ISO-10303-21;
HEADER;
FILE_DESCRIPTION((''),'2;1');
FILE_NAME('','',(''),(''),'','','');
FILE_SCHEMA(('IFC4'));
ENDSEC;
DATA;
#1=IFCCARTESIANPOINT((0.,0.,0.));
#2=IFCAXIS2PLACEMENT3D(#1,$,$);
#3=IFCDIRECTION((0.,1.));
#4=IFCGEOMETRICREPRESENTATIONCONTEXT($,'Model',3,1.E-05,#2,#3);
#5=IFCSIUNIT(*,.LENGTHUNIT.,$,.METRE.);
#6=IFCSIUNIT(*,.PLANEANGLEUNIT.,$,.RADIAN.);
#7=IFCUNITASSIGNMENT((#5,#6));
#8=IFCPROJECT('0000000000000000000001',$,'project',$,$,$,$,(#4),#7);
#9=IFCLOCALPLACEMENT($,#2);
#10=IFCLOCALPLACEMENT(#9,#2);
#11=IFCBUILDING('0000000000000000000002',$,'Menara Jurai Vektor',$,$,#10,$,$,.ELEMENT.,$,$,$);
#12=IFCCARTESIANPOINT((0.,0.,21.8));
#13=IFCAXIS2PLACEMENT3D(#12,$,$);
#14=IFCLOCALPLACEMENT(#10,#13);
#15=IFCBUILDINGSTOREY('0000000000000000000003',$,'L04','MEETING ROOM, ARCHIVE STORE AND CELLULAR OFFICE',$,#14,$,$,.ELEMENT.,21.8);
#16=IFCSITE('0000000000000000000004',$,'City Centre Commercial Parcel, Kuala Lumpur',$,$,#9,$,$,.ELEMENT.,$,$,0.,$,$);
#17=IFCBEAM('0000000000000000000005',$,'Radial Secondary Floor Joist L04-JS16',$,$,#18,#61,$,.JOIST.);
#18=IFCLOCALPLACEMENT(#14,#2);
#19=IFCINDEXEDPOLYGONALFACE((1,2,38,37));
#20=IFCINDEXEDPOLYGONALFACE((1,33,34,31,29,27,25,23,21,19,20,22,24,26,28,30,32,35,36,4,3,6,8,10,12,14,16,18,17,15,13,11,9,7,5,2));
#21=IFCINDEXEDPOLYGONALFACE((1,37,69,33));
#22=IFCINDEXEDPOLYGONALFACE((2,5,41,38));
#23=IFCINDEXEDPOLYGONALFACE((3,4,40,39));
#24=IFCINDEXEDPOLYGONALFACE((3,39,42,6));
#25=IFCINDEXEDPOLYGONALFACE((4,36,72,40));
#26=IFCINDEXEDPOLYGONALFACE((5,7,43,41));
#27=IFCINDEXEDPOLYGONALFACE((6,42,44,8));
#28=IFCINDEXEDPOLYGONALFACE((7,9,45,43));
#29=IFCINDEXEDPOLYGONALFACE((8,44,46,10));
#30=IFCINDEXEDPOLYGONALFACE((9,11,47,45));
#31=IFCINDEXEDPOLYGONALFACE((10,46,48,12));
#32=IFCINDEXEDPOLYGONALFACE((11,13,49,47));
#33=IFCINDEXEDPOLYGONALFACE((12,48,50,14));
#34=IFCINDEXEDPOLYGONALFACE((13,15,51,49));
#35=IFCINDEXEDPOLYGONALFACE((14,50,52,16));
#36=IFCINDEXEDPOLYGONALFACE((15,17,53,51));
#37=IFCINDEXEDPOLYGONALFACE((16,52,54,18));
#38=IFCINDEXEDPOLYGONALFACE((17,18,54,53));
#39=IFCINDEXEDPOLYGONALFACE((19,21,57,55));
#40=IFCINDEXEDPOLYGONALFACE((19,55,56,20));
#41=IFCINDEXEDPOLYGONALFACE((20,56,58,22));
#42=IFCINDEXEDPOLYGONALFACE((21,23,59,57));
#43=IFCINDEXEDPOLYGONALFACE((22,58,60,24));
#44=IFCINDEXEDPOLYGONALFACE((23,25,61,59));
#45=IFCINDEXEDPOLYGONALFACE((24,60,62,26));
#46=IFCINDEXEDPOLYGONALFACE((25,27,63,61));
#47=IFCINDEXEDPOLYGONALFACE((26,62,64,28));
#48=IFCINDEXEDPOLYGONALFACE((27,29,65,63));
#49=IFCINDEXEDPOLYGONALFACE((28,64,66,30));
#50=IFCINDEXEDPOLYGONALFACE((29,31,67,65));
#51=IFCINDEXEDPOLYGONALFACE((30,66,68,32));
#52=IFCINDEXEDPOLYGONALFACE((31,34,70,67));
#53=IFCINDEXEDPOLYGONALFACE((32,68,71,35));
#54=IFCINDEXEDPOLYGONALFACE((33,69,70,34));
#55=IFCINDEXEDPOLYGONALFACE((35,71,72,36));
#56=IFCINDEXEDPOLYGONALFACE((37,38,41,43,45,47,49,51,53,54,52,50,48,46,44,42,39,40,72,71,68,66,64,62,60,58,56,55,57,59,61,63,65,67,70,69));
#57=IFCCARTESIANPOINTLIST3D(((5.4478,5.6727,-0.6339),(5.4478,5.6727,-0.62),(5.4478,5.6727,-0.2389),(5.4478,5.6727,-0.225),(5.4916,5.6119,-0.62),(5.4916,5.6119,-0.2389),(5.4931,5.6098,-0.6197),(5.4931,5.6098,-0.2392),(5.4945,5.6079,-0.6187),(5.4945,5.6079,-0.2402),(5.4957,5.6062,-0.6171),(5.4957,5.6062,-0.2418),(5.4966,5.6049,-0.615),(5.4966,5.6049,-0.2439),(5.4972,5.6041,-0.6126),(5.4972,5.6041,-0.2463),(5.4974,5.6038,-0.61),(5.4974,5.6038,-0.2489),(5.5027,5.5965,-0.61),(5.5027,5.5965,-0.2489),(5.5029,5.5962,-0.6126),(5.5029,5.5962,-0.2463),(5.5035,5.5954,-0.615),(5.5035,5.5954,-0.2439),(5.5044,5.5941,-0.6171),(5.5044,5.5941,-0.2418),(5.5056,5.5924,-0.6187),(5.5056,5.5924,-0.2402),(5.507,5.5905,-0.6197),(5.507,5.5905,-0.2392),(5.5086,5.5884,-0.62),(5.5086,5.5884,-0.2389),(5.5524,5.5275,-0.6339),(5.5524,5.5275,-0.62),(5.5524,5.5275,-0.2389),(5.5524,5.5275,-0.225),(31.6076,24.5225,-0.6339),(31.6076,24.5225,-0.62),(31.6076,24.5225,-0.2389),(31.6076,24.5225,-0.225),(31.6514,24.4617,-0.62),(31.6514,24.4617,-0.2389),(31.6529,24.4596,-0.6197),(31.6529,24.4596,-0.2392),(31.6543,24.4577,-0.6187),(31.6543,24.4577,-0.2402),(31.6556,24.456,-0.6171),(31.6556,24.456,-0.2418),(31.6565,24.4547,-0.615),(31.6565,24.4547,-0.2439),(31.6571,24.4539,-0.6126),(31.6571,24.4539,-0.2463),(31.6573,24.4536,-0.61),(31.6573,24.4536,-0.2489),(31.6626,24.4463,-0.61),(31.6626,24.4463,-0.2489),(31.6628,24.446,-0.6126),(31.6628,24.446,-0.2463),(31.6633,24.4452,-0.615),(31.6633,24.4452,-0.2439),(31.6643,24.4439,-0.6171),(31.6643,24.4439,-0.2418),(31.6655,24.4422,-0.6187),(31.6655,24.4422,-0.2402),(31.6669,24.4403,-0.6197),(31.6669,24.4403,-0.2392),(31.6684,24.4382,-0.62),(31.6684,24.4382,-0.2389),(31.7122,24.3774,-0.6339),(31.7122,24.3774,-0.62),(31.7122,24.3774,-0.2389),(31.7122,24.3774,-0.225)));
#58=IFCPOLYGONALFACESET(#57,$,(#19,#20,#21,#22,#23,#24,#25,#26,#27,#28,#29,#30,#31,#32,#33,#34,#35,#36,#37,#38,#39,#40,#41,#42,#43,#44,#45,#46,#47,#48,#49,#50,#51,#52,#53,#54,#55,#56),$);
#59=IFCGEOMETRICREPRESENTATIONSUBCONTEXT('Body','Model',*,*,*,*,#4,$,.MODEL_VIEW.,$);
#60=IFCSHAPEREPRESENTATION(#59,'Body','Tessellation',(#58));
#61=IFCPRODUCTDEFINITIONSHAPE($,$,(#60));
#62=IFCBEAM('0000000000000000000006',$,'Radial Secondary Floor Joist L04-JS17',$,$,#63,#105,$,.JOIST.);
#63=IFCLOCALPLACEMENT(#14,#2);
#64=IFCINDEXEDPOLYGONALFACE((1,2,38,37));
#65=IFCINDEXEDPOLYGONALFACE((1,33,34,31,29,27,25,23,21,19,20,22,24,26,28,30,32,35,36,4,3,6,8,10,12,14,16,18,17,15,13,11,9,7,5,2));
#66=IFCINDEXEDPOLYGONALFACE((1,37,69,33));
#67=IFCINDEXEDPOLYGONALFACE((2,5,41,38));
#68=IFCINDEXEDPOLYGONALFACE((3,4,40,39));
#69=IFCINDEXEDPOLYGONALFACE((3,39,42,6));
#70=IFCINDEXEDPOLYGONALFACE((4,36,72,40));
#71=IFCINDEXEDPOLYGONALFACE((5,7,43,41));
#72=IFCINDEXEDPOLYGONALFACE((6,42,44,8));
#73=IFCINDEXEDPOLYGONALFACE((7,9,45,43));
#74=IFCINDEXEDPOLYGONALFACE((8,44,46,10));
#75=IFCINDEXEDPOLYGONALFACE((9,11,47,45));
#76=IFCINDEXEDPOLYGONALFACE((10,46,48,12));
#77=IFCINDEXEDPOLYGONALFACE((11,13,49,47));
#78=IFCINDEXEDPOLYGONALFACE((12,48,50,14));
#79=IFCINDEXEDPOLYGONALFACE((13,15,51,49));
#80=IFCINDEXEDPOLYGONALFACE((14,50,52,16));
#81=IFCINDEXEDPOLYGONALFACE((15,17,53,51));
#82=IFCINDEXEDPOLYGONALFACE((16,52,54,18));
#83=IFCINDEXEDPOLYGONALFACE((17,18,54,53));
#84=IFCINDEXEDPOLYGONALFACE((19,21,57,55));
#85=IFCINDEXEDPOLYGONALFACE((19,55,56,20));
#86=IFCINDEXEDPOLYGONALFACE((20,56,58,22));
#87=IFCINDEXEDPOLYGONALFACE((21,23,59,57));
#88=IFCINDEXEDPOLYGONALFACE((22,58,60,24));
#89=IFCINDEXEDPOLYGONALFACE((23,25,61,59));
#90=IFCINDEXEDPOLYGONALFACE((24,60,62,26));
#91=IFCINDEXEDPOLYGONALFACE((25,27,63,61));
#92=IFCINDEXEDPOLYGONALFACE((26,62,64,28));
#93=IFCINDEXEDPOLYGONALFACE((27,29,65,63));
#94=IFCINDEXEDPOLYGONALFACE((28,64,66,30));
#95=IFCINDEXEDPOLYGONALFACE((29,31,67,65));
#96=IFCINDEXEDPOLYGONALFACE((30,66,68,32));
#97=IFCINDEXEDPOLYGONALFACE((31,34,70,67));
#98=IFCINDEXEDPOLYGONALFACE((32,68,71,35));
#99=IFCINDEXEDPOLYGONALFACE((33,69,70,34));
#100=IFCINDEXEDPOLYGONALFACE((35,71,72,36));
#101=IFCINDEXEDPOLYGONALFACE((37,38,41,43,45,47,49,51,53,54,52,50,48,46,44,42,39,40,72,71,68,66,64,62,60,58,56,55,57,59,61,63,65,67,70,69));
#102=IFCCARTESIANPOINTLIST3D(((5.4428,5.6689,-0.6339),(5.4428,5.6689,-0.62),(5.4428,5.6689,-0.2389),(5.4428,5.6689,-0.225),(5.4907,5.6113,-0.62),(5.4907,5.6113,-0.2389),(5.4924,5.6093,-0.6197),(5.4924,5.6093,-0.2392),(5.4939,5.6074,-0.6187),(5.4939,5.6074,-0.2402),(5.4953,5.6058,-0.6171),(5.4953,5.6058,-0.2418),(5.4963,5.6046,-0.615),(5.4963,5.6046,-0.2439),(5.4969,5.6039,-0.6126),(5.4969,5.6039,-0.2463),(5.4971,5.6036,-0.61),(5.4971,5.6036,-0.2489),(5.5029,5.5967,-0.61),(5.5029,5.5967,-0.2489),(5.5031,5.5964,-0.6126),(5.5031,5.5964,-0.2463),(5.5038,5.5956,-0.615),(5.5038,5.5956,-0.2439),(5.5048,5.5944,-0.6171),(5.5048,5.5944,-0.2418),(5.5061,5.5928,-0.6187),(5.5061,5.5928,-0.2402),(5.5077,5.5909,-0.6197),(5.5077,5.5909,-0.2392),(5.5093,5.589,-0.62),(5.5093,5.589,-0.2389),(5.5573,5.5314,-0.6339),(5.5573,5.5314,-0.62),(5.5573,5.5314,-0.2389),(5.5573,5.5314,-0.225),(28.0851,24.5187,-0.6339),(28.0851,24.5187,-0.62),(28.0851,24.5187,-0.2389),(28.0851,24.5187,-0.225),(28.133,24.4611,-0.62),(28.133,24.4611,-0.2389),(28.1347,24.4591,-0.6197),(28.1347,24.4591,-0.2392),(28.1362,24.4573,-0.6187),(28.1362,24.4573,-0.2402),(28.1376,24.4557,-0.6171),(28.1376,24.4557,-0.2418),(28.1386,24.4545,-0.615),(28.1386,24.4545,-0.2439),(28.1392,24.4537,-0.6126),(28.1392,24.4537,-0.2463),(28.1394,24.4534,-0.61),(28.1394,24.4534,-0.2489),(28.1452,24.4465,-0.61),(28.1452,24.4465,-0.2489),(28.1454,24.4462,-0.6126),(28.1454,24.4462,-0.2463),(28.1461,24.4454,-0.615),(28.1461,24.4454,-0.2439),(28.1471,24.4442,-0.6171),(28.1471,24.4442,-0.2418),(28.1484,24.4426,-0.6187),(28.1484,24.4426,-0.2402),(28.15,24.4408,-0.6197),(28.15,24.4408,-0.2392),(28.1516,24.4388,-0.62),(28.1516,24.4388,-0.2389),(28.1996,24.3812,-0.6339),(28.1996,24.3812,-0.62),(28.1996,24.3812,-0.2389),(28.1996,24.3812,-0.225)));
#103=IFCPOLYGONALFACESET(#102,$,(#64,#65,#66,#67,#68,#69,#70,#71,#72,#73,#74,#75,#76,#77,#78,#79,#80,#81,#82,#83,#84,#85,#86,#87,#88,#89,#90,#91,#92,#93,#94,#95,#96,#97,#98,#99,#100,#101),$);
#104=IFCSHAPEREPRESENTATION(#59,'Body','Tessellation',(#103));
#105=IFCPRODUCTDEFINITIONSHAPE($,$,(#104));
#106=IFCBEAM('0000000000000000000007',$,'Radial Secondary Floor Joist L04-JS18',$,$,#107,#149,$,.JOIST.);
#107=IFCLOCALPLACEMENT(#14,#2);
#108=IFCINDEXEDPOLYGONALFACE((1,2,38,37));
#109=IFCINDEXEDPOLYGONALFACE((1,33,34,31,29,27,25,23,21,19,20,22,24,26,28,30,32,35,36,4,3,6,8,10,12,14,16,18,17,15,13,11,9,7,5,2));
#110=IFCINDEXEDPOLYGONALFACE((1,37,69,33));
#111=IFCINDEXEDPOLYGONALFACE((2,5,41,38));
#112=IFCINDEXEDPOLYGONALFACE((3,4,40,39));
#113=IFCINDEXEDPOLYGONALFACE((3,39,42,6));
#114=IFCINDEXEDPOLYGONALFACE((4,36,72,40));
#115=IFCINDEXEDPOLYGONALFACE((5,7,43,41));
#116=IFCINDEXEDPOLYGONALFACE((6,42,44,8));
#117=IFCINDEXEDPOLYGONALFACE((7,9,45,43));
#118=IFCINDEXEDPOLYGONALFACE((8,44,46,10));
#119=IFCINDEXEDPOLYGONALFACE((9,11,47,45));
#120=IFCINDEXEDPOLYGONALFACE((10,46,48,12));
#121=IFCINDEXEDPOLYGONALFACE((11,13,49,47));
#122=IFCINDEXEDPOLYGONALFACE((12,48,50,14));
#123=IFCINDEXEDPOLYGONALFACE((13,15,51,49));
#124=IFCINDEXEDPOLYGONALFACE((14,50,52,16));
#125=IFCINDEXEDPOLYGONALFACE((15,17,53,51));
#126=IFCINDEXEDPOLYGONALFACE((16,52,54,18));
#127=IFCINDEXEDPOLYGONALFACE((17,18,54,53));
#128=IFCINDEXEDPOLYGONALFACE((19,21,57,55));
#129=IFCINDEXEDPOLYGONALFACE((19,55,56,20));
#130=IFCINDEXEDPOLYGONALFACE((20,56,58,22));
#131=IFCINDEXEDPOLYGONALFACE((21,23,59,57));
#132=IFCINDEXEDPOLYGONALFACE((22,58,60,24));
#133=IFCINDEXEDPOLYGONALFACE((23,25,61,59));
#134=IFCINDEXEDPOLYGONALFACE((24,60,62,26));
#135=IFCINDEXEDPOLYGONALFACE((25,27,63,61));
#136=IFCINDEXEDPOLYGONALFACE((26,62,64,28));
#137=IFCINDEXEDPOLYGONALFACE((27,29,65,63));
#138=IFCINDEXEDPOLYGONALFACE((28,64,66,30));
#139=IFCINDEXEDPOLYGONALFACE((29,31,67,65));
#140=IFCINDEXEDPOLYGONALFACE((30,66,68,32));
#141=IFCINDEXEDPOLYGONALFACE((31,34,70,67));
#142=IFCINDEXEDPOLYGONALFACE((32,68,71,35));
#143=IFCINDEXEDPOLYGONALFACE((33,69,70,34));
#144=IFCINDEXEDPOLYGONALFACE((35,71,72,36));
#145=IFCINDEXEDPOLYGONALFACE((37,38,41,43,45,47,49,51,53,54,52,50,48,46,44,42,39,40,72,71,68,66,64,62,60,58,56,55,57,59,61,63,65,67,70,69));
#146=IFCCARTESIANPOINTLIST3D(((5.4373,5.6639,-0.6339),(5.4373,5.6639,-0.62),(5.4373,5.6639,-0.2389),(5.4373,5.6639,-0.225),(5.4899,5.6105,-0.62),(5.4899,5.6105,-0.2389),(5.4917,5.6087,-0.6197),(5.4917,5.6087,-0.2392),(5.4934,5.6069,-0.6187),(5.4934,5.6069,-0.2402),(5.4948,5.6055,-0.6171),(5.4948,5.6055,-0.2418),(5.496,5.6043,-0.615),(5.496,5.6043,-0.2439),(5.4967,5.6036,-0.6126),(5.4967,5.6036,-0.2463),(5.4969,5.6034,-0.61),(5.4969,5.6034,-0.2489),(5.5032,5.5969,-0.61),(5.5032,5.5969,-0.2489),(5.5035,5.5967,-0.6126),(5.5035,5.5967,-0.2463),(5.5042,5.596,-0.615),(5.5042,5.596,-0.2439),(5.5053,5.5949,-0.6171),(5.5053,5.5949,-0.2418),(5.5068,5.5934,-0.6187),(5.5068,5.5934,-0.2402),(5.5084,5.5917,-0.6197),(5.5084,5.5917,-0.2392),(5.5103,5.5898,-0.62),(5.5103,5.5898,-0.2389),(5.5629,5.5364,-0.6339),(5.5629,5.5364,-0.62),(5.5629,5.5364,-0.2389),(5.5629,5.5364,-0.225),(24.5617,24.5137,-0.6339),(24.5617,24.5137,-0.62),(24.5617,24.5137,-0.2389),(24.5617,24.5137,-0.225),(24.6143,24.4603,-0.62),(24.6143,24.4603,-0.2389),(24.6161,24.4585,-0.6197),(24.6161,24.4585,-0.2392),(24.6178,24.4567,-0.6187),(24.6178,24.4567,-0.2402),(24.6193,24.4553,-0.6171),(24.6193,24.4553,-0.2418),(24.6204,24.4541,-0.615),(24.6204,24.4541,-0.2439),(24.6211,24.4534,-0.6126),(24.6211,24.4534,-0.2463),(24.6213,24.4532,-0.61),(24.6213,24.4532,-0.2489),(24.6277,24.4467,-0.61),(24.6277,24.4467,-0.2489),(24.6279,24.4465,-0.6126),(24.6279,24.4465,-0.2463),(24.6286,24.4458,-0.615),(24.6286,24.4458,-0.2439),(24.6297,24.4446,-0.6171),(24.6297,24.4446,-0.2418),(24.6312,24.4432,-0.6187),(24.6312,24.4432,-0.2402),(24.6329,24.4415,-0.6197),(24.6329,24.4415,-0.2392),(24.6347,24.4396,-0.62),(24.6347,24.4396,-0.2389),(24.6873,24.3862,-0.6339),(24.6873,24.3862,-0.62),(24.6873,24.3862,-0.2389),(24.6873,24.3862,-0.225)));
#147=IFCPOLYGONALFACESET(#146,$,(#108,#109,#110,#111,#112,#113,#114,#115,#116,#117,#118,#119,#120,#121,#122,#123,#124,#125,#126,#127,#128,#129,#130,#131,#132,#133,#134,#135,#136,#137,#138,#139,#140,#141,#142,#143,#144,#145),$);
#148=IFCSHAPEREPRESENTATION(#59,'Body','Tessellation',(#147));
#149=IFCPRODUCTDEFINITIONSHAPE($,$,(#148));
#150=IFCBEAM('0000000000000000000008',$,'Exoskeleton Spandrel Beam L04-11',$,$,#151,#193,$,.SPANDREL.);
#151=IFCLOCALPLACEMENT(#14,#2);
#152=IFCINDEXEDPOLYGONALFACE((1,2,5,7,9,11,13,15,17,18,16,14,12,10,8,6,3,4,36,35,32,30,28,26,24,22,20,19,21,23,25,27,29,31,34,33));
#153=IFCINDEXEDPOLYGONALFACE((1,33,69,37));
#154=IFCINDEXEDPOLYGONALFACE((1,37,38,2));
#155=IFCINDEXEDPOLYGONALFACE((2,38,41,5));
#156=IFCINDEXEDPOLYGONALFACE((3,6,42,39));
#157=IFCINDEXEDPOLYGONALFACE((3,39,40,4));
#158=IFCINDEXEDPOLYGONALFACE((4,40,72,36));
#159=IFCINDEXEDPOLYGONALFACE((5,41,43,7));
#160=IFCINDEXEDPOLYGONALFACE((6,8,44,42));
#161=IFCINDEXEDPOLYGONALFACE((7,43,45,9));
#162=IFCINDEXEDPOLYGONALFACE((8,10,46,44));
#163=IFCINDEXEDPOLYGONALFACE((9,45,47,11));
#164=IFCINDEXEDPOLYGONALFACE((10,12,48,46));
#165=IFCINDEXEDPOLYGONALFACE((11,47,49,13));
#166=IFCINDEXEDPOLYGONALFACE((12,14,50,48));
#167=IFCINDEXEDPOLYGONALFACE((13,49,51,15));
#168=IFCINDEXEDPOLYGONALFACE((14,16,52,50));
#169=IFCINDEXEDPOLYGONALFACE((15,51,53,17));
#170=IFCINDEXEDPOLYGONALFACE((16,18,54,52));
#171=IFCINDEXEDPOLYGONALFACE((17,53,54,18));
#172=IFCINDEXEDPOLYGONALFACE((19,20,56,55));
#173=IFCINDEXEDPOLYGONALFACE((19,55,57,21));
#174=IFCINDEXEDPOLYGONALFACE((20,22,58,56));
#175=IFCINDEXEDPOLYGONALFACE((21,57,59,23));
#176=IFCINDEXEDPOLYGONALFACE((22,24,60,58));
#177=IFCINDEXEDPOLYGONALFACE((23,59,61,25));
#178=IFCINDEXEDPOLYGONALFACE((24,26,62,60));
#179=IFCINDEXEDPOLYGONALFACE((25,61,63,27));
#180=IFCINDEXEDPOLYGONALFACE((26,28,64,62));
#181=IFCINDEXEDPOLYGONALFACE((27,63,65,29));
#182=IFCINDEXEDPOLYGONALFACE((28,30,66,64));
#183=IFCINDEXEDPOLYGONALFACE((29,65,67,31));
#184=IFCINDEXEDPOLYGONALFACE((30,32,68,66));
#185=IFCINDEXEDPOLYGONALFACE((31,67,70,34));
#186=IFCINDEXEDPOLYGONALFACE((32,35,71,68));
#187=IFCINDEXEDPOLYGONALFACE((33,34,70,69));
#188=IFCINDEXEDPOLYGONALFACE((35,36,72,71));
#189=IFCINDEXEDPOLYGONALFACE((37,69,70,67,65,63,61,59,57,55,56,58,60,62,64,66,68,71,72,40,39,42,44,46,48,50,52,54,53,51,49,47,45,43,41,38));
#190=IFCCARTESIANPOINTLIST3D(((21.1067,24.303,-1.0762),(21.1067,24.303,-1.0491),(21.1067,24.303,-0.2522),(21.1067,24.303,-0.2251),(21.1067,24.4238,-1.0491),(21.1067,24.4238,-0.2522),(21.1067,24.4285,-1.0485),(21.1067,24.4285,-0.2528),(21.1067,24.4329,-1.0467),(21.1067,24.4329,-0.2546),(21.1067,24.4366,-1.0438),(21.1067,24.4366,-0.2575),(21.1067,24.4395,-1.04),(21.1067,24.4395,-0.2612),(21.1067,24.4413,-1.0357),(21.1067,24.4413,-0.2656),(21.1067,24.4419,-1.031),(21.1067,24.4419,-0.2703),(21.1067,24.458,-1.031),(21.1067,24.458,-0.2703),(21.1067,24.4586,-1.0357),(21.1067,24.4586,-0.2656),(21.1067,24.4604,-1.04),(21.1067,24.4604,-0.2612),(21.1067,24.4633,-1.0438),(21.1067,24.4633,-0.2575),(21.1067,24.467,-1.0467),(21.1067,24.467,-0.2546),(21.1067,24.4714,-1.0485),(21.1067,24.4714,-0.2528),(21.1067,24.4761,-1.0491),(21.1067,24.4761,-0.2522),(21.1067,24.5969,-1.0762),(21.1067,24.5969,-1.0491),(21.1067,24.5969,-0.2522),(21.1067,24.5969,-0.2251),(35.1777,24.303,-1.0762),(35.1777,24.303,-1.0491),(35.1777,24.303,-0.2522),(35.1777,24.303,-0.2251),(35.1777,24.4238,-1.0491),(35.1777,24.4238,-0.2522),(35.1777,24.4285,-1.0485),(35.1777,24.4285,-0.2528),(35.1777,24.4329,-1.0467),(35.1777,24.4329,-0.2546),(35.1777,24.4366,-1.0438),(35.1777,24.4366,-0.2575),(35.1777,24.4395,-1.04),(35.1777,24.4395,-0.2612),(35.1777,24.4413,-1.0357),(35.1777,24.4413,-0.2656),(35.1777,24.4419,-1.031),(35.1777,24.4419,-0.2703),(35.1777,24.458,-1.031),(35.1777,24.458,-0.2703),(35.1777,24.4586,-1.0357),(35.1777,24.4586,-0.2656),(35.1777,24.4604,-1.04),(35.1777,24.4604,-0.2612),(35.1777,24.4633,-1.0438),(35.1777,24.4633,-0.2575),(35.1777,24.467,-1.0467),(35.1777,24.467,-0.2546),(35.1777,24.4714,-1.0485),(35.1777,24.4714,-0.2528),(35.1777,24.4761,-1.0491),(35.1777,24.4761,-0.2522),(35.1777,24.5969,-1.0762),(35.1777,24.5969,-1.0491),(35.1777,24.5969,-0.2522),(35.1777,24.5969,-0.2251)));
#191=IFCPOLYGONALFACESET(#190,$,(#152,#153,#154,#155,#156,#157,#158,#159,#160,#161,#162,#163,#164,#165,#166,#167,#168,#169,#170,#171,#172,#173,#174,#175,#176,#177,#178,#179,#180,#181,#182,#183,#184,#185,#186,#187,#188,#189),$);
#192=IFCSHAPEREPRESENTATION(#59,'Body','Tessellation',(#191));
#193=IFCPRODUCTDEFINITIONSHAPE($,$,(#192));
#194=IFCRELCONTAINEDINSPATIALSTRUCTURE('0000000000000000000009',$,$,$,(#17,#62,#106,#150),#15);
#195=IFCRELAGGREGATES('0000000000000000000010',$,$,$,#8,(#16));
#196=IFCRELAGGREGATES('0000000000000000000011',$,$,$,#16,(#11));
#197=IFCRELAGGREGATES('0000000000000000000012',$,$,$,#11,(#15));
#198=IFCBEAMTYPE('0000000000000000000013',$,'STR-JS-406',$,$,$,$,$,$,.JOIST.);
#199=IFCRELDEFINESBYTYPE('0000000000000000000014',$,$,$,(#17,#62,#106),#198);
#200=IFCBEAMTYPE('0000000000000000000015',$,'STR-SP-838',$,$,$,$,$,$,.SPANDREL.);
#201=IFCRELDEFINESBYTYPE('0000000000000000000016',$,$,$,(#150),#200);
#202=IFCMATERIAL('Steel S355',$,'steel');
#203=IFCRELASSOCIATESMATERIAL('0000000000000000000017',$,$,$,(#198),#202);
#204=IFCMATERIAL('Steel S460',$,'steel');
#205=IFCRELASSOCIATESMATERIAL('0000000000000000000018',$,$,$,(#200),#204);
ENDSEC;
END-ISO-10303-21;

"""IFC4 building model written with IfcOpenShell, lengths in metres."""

from ifc_helpers import new_model, si_unit, direction, frame, origin, origin_2d, place, context, subcontext, project, spatial, i_section, extrude, material, material_profile, profile_set, type_object, element, save


model = new_model("IFC4")

# Units and contexts
model_context = context("Model", 3, precision=1e-05, world=origin(), true_north=direction((0.0, 1.0)))
body_context = subcontext(model_context, "Body", "Model", "MODEL_VIEW")
ifc_project = project(units=[si_unit("LENGTHUNIT", "METRE"), si_unit("PLANEANGLEUNIT", "RADIAN")], contexts=[model_context])

# Site, building, storey
site_placement = place(None, origin())
site = spatial("IfcSite", under=ifc_project, at=site_placement, Name="City Centre Commercial Parcel, Kuala Lumpur", CompositionType="ELEMENT", RefElevation=0.0)
building_placement = place(site_placement, origin())
building = spatial("IfcBuilding", under=site, at=building_placement, Name="Menara Jurai Vektor", CompositionType="ELEMENT")
storey_placement = place(building_placement, frame((0.0, 0.0, 21.8)))
storey = spatial("IfcBuildingStorey", under=building, at=storey_placement, Name="L04", Description="MEETING ROOM, ARCHIVE STORE AND CELLULAR OFFICE", CompositionType="ELEMENT", Elevation=21.8)

# Shared definitions
ifc_material_1 = material(Name="Steel S460", Category="steel")

# Beams
ifc_material_2 = material(Name="Steel S355", Category="steel")
ifc_material_profile_1 = material_profile(ifc_material_2, i_section(OverallWidth=0.179, OverallDepth=0.4089, WebThickness=0.009, FlangeThickness=0.0139, FilletRadius=0.01, at=origin_2d()), Name="UKB 406x178x67")
ifc_profile_set_1 = profile_set([ifc_material_profile_1], Name="Steel S355")
beam_type_1 = type_object("IfcBeamType", Name="STR-JS-406", PredefinedType="JOIST", material=ifc_profile_set_1)
beam_1_placement = place(storey_placement, frame((31.6599, 24.45, -0.4294), z_axis=(-0.811318, -0.584605, 0.0), x_axis=(0.584605, -0.811318, 0.0)))
element("IfcBeam", 1, at=beam_1_placement, inside=storey, type_object=beam_type_1, Name="Radial Secondary Floor Joist L04-JS16", PredefinedType="JOIST", context=body_context, shape_type="SweptSolid", body=[
    extrude(i_section(OverallWidth=0.179, OverallDepth=0.4089, WebThickness=0.009, FlangeThickness=0.0139, FilletRadius=0.01, at=origin_2d()), origin(), (0.0, 0.0, 1.0), 32.2437),
])
beam_2_placement = place(storey_placement, frame((28.1423, 24.45, -0.4294), z_axis=(-0.768534, -0.639809, 0.0), x_axis=(0.639809, -0.768534, 0.0)))
element("IfcBeam", 2, at=beam_2_placement, inside=storey, type_object=beam_type_1, Name="Radial Secondary Floor Joist L04-JS17", PredefinedType="JOIST", context=body_context, shape_type="SweptSolid", body=[
    extrude(i_section(OverallWidth=0.179, OverallDepth=0.4089, WebThickness=0.009, FlangeThickness=0.0139, FilletRadius=0.01, at=origin_2d()), origin(), (0.0, 0.0, 1.0), 29.4617),
])
beam_3_placement = place(storey_placement, frame((24.6245, 24.45, -0.4294), z_axis=(-0.712202, -0.701974, 0.0), x_axis=(0.701974, -0.712202, 0.0)))
element("IfcBeam", 3, at=beam_3_placement, inside=storey, type_object=beam_type_1, Name="Radial Secondary Floor Joist L04-JS18", PredefinedType="JOIST", context=body_context, shape_type="SweptSolid", body=[
    extrude(i_section(OverallWidth=0.179, OverallDepth=0.4089, WebThickness=0.009, FlangeThickness=0.0139, FilletRadius=0.01, at=origin_2d()), origin(), (0.0, 0.0, 1.0), 26.8525),
])
ifc_material_profile_2 = material_profile(ifc_material_1, i_section(OverallWidth=0.2939, OverallDepth=0.8511, WebThickness=0.0161, FlangeThickness=0.0271, FilletRadius=0.0181, at=origin_2d()), Name="UKB 838x292x226")
ifc_profile_set_2 = profile_set([ifc_material_profile_2], Name="Steel S460")
beam_type_2 = type_object("IfcBeamType", Name="STR-SP-838", PredefinedType="SPANDREL", material=ifc_profile_set_2)
for number, where, z_axis, x_axis, name in (
    (4, (35.1777, 24.45, -0.6506), (-1.0, 0.0, 0.0), (0.0, -1.0, 0.0), "Exoskeleton Spandrel Beam L04-11"),
):
    element("IfcBeam", number, at=place(storey_placement, frame(where, z_axis=z_axis, x_axis=x_axis)), inside=storey, type_object=beam_type_2, Name=name, PredefinedType="SPANDREL", context=body_context, shape_type="SweptSolid", body=[
        extrude(i_section(OverallWidth=0.2939, OverallDepth=0.8511, WebThickness=0.0161, FlangeThickness=0.0271, FilletRadius=0.0181, at=origin_2d()), origin(), (0.0, 0.0, 1.0), 14.071),
    ])

save(model, "model.ifc")
